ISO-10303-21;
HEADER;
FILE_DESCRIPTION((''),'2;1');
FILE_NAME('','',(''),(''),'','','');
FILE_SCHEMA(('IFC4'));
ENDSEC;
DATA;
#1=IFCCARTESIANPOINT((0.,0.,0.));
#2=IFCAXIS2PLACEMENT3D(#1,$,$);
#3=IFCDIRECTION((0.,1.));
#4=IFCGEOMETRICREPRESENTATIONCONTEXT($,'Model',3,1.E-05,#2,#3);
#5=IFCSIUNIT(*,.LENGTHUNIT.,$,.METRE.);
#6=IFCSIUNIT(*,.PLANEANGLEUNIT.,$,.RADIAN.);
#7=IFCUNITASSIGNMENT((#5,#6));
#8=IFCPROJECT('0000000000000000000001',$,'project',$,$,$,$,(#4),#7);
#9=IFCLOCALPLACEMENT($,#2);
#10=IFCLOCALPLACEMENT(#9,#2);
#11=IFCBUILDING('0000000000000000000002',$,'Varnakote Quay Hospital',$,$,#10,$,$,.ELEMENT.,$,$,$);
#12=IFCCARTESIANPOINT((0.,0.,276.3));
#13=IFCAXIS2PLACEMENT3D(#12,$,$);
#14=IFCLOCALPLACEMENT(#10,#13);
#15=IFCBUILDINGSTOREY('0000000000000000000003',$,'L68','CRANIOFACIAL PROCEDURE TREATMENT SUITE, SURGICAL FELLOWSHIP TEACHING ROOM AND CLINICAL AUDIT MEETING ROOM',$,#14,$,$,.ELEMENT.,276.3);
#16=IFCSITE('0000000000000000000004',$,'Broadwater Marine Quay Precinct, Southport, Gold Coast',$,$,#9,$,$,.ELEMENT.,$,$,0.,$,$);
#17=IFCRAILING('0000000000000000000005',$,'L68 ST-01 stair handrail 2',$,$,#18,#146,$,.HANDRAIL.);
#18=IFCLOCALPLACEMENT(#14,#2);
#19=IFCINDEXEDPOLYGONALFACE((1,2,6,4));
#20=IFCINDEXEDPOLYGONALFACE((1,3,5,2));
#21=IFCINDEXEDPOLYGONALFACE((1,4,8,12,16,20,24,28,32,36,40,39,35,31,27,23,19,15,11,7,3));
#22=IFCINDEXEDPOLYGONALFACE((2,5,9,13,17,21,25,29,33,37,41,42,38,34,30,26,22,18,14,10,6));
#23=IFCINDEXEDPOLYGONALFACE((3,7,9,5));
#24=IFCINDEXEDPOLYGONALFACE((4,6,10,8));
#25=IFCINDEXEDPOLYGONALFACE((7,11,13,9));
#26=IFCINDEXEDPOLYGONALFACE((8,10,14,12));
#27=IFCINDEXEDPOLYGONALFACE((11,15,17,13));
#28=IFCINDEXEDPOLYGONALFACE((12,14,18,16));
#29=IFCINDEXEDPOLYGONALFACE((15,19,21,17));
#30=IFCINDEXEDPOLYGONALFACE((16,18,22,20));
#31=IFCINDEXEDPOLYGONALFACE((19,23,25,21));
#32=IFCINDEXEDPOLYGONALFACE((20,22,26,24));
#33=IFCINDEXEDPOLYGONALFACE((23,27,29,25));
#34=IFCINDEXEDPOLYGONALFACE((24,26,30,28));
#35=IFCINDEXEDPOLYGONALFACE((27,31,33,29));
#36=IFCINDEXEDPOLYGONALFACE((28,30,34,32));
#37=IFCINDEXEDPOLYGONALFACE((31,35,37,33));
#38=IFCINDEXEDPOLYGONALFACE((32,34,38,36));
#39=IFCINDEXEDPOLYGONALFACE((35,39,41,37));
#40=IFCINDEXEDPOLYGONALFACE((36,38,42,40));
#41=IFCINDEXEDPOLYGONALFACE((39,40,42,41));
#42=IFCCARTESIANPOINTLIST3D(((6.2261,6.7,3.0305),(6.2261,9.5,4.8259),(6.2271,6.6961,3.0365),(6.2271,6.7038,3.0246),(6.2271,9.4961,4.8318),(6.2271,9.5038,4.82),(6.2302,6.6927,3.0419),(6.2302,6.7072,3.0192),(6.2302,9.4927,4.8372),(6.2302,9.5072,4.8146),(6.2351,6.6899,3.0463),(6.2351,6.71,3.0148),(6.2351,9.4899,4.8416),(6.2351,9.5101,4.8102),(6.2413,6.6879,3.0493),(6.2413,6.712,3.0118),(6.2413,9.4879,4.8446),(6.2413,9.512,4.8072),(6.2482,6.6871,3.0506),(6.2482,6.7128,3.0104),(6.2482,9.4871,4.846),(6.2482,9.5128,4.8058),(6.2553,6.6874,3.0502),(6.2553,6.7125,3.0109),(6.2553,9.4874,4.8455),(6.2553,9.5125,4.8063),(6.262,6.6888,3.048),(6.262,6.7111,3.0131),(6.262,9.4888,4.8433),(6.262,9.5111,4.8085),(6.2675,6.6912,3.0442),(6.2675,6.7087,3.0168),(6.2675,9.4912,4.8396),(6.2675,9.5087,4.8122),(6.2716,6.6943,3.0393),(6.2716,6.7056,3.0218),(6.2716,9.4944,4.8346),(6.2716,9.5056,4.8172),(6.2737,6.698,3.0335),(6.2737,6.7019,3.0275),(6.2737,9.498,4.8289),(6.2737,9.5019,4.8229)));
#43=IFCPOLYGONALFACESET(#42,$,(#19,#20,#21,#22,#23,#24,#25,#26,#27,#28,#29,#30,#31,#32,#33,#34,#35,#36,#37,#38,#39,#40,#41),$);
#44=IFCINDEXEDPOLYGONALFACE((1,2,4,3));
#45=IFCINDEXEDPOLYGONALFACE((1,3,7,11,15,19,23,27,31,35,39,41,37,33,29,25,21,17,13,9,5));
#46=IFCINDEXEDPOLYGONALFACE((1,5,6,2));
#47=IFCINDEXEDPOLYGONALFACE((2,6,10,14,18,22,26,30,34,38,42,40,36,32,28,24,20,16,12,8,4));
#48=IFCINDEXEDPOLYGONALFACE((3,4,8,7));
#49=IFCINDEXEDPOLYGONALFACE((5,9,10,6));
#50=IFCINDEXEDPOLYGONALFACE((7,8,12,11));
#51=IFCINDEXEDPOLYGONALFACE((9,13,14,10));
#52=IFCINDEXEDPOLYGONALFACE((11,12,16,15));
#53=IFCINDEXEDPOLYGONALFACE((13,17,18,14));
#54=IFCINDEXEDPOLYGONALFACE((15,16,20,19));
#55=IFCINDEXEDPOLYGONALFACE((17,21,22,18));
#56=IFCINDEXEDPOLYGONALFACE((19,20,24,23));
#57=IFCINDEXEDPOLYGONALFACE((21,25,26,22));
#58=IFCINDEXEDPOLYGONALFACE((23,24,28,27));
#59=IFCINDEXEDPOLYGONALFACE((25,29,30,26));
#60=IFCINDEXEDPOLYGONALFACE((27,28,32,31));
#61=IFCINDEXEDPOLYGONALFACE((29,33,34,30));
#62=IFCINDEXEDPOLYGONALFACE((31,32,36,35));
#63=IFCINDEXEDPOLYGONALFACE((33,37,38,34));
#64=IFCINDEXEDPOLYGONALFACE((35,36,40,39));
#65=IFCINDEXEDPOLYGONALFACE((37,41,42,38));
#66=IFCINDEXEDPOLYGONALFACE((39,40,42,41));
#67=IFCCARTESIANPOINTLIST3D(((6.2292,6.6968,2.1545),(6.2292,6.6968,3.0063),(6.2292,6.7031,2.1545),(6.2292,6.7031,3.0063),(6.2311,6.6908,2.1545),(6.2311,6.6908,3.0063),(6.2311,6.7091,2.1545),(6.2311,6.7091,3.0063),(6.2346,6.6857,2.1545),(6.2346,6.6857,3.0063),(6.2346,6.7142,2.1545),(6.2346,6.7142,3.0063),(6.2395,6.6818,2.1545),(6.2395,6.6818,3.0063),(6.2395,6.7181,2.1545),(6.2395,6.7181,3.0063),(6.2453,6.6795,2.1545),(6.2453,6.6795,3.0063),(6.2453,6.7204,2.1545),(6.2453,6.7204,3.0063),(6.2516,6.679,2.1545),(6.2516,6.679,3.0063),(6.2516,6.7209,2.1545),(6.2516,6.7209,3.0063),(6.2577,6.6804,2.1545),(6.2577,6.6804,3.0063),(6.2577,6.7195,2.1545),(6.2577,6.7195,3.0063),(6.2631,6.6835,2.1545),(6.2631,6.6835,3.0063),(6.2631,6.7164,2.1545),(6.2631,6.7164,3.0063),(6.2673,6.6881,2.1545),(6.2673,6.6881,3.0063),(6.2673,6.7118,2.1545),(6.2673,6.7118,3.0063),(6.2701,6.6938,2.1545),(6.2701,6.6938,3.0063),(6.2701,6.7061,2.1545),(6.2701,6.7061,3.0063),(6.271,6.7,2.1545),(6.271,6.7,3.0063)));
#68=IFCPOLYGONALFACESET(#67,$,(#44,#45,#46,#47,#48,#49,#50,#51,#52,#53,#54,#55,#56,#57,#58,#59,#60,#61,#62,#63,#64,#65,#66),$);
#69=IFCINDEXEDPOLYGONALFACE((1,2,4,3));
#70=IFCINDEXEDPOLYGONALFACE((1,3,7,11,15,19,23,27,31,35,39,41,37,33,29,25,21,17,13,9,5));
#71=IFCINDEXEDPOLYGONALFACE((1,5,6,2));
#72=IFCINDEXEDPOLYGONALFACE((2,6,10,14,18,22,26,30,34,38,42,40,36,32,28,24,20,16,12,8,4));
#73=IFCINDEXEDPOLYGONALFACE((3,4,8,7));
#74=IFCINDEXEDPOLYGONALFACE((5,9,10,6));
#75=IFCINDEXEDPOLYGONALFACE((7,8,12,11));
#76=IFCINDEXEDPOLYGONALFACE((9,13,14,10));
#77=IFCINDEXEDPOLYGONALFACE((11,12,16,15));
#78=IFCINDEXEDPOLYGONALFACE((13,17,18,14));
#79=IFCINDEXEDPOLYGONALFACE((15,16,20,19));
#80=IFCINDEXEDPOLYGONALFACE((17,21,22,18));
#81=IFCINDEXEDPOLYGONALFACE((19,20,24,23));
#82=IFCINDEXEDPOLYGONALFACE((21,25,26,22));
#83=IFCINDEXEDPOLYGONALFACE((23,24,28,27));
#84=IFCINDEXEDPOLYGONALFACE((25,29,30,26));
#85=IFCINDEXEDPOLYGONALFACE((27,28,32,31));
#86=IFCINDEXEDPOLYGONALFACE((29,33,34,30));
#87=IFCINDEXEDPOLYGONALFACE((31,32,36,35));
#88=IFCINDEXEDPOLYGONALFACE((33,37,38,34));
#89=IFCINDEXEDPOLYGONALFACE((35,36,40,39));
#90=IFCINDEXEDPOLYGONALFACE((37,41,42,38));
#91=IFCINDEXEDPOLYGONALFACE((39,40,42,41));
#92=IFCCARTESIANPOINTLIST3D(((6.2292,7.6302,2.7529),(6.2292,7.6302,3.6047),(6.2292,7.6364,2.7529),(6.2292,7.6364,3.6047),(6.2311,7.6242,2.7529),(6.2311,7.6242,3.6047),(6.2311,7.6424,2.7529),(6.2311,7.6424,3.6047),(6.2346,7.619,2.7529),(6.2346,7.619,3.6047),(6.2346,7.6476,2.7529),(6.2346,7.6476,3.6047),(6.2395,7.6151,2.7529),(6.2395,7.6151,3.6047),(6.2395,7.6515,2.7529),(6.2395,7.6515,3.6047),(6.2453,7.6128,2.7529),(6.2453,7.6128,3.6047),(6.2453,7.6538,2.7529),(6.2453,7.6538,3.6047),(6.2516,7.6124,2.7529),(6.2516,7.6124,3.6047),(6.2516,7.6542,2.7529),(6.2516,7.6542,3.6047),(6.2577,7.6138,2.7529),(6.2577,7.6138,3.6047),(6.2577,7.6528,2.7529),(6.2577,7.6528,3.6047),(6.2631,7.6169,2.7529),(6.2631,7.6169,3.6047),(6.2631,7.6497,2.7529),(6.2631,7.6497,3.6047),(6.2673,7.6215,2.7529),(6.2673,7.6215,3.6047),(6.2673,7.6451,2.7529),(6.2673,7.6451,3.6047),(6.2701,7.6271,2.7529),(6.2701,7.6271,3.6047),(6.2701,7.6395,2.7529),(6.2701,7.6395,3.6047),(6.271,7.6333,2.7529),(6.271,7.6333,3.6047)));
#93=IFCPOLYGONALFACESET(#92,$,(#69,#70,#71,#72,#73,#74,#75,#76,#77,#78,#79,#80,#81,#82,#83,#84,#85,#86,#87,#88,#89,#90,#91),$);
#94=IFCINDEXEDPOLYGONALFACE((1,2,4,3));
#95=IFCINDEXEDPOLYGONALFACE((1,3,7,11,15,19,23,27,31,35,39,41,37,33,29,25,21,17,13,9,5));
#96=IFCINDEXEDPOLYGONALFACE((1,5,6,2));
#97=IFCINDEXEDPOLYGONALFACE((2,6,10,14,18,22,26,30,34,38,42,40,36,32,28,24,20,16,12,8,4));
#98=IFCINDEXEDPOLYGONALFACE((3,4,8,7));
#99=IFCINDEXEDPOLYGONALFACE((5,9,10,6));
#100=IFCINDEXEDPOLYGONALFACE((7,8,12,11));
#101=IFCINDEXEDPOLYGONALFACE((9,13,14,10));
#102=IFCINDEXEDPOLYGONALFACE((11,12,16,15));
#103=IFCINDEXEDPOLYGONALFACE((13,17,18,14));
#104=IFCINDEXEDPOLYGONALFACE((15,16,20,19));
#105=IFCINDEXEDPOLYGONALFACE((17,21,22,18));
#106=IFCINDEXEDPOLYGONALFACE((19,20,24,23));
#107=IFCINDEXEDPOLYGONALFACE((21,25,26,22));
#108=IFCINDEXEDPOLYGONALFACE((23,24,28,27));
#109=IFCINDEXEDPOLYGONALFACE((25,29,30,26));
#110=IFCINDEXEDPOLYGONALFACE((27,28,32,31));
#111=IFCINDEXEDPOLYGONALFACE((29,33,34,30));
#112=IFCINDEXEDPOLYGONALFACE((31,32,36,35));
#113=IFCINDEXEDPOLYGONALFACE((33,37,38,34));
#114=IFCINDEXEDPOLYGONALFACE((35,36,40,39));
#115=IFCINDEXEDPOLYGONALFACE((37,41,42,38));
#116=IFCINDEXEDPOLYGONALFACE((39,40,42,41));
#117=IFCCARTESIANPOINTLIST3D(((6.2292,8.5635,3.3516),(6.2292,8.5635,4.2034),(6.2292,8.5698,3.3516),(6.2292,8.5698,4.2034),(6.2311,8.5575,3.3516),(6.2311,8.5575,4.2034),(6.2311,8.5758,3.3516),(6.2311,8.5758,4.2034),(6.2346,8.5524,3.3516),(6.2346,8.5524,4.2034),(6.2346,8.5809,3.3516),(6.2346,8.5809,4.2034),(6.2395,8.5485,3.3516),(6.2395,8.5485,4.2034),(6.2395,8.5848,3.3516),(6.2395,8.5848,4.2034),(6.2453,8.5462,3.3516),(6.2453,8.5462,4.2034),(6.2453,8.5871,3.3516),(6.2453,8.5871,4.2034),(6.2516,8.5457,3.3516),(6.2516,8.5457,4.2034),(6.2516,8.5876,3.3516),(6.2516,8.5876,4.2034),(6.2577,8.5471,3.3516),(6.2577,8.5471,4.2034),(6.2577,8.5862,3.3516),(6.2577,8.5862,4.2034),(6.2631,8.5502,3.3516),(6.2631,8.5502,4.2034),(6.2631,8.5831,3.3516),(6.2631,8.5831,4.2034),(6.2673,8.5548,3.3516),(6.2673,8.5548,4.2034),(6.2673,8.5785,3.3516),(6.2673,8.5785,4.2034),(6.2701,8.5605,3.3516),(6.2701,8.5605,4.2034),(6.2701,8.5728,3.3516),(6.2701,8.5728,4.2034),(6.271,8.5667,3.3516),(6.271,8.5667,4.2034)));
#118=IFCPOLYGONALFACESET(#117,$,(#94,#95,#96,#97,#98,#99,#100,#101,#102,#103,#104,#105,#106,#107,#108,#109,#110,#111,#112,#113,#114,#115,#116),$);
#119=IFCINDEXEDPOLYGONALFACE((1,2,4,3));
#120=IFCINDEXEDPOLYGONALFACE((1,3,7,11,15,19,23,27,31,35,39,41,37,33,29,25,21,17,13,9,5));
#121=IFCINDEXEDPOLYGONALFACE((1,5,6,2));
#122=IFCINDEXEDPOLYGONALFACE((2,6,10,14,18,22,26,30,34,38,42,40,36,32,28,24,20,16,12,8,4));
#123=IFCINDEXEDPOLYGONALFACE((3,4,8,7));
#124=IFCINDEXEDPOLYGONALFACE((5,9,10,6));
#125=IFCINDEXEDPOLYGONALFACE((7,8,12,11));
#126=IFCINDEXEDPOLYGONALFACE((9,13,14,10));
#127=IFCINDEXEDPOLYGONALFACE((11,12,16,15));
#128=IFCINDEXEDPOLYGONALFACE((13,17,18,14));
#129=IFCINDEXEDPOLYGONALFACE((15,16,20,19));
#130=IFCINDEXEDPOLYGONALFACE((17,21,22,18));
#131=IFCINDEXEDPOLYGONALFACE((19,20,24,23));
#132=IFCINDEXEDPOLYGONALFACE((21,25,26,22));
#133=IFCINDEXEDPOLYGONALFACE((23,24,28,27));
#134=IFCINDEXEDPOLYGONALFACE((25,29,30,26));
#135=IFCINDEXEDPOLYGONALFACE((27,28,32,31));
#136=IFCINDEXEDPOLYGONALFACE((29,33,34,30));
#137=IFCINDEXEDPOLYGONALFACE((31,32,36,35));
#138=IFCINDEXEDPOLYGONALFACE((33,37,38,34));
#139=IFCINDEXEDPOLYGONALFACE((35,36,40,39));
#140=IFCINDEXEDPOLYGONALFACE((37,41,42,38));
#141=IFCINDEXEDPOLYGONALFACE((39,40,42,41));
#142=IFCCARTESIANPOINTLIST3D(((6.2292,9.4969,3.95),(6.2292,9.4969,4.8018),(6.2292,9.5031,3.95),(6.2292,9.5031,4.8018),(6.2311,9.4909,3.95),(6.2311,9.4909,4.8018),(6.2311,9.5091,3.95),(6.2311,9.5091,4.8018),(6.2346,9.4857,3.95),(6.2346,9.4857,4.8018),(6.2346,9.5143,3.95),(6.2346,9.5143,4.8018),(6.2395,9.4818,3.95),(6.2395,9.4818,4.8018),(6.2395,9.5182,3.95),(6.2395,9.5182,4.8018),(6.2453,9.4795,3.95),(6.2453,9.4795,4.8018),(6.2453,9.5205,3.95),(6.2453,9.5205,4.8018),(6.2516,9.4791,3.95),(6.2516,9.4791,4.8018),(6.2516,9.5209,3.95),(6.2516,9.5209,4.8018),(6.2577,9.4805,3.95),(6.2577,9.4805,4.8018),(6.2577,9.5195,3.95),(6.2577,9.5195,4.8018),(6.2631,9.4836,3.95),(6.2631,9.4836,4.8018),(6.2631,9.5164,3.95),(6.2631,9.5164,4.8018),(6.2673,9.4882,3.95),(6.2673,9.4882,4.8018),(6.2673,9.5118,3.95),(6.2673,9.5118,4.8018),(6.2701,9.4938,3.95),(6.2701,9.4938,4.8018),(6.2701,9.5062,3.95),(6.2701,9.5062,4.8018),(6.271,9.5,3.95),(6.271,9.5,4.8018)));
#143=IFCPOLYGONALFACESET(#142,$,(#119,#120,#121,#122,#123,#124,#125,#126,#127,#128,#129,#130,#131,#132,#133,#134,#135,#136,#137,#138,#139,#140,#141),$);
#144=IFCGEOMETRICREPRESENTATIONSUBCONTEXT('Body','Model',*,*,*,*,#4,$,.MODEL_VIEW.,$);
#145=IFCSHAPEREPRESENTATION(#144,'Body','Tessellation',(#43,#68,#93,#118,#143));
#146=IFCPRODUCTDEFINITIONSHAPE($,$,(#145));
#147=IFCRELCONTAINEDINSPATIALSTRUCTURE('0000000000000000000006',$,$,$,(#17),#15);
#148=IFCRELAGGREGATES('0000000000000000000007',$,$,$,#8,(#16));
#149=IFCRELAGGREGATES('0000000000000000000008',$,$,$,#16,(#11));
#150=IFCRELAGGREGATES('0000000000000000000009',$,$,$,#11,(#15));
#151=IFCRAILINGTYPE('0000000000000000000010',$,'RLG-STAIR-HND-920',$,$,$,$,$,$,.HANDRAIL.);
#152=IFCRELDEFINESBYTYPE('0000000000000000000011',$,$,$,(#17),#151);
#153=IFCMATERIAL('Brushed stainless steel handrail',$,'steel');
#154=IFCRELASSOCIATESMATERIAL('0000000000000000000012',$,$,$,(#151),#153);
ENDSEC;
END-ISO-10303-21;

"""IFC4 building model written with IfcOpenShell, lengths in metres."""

from ifc_helpers import new_model, si_unit, direction, frame, origin, origin_2d, place, context, subcontext, project, spatial, circle, extrude, material, type_object, element, save


model = new_model("IFC4")

# Units and contexts
model_context = context("Model", 3, precision=1e-05, world=origin(), true_north=direction((0.0, 1.0)))
body_context = subcontext(model_context, "Body", "Model", "MODEL_VIEW")
ifc_project = project(units=[si_unit("LENGTHUNIT", "METRE"), si_unit("PLANEANGLEUNIT", "RADIAN")], contexts=[model_context])

# Site, building, storey
site_placement = place(None, origin())
site = spatial("IfcSite", under=ifc_project, at=site_placement, Name="Broadwater Marine Quay Precinct, Southport, Gold Coast", CompositionType="ELEMENT", RefElevation=0.0)
building_placement = place(site_placement, origin())
building = spatial("IfcBuilding", under=site, at=building_placement, Name="Varnakote Quay Hospital", CompositionType="ELEMENT")
storey_placement = place(building_placement, frame((0.0, 0.0, 276.3)))
storey = spatial("IfcBuildingStorey", under=building, at=storey_placement, Name="L68", Description="CRANIOFACIAL PROCEDURE TREATMENT SUITE, SURGICAL FELLOWSHIP TEACHING ROOM AND CLINICAL AUDIT MEETING ROOM", CompositionType="ELEMENT", Elevation=276.3)

# Railing
ifc_material_1 = material(Name="Brushed stainless steel handrail", Category="steel")
railing_type_1 = type_object("IfcRailingType", Name="RLG-STAIR-HND-920", PredefinedType="HANDRAIL", material=ifc_material_1)
railing_1_placement = place(storey_placement, frame((6.25, 6.7, 2.1545)))
element("IfcRailing", 1, at=railing_1_placement, inside=storey, type_object=railing_type_1, Name="L68 ST-01 stair handrail 2", PredefinedType="HANDRAIL", context=body_context, shape_type="SweptSolid", body=[
    extrude(circle(Radius=0.0239, at=origin_2d()), frame((0.0, 0.0, 0.876), z_axis=(0.0, 0.84181, 0.539774), x_axis=(-1.0, 0.0, 0.0)), (0.0, 0.0, 1.0), 3.3262),
    extrude(circle(Radius=0.021, at=origin_2d()), origin(), (0.0, 0.0, 1.0), 0.8518),
    extrude(circle(Radius=0.021, at=origin_2d()), frame((0.0, 0.9333, 0.5984)), (0.0, 0.0, 1.0), 0.8518),
    extrude(circle(Radius=0.021, at=origin_2d()), frame((0.0, 1.8667, 1.197)), (0.0, 0.0, 1.0), 0.8518),
    extrude(circle(Radius=0.021, at=origin_2d()), frame((0.0, 2.8, 1.7954)), (0.0, 0.0, 1.0), 0.8518),
])

save(model, "model.ifc")
